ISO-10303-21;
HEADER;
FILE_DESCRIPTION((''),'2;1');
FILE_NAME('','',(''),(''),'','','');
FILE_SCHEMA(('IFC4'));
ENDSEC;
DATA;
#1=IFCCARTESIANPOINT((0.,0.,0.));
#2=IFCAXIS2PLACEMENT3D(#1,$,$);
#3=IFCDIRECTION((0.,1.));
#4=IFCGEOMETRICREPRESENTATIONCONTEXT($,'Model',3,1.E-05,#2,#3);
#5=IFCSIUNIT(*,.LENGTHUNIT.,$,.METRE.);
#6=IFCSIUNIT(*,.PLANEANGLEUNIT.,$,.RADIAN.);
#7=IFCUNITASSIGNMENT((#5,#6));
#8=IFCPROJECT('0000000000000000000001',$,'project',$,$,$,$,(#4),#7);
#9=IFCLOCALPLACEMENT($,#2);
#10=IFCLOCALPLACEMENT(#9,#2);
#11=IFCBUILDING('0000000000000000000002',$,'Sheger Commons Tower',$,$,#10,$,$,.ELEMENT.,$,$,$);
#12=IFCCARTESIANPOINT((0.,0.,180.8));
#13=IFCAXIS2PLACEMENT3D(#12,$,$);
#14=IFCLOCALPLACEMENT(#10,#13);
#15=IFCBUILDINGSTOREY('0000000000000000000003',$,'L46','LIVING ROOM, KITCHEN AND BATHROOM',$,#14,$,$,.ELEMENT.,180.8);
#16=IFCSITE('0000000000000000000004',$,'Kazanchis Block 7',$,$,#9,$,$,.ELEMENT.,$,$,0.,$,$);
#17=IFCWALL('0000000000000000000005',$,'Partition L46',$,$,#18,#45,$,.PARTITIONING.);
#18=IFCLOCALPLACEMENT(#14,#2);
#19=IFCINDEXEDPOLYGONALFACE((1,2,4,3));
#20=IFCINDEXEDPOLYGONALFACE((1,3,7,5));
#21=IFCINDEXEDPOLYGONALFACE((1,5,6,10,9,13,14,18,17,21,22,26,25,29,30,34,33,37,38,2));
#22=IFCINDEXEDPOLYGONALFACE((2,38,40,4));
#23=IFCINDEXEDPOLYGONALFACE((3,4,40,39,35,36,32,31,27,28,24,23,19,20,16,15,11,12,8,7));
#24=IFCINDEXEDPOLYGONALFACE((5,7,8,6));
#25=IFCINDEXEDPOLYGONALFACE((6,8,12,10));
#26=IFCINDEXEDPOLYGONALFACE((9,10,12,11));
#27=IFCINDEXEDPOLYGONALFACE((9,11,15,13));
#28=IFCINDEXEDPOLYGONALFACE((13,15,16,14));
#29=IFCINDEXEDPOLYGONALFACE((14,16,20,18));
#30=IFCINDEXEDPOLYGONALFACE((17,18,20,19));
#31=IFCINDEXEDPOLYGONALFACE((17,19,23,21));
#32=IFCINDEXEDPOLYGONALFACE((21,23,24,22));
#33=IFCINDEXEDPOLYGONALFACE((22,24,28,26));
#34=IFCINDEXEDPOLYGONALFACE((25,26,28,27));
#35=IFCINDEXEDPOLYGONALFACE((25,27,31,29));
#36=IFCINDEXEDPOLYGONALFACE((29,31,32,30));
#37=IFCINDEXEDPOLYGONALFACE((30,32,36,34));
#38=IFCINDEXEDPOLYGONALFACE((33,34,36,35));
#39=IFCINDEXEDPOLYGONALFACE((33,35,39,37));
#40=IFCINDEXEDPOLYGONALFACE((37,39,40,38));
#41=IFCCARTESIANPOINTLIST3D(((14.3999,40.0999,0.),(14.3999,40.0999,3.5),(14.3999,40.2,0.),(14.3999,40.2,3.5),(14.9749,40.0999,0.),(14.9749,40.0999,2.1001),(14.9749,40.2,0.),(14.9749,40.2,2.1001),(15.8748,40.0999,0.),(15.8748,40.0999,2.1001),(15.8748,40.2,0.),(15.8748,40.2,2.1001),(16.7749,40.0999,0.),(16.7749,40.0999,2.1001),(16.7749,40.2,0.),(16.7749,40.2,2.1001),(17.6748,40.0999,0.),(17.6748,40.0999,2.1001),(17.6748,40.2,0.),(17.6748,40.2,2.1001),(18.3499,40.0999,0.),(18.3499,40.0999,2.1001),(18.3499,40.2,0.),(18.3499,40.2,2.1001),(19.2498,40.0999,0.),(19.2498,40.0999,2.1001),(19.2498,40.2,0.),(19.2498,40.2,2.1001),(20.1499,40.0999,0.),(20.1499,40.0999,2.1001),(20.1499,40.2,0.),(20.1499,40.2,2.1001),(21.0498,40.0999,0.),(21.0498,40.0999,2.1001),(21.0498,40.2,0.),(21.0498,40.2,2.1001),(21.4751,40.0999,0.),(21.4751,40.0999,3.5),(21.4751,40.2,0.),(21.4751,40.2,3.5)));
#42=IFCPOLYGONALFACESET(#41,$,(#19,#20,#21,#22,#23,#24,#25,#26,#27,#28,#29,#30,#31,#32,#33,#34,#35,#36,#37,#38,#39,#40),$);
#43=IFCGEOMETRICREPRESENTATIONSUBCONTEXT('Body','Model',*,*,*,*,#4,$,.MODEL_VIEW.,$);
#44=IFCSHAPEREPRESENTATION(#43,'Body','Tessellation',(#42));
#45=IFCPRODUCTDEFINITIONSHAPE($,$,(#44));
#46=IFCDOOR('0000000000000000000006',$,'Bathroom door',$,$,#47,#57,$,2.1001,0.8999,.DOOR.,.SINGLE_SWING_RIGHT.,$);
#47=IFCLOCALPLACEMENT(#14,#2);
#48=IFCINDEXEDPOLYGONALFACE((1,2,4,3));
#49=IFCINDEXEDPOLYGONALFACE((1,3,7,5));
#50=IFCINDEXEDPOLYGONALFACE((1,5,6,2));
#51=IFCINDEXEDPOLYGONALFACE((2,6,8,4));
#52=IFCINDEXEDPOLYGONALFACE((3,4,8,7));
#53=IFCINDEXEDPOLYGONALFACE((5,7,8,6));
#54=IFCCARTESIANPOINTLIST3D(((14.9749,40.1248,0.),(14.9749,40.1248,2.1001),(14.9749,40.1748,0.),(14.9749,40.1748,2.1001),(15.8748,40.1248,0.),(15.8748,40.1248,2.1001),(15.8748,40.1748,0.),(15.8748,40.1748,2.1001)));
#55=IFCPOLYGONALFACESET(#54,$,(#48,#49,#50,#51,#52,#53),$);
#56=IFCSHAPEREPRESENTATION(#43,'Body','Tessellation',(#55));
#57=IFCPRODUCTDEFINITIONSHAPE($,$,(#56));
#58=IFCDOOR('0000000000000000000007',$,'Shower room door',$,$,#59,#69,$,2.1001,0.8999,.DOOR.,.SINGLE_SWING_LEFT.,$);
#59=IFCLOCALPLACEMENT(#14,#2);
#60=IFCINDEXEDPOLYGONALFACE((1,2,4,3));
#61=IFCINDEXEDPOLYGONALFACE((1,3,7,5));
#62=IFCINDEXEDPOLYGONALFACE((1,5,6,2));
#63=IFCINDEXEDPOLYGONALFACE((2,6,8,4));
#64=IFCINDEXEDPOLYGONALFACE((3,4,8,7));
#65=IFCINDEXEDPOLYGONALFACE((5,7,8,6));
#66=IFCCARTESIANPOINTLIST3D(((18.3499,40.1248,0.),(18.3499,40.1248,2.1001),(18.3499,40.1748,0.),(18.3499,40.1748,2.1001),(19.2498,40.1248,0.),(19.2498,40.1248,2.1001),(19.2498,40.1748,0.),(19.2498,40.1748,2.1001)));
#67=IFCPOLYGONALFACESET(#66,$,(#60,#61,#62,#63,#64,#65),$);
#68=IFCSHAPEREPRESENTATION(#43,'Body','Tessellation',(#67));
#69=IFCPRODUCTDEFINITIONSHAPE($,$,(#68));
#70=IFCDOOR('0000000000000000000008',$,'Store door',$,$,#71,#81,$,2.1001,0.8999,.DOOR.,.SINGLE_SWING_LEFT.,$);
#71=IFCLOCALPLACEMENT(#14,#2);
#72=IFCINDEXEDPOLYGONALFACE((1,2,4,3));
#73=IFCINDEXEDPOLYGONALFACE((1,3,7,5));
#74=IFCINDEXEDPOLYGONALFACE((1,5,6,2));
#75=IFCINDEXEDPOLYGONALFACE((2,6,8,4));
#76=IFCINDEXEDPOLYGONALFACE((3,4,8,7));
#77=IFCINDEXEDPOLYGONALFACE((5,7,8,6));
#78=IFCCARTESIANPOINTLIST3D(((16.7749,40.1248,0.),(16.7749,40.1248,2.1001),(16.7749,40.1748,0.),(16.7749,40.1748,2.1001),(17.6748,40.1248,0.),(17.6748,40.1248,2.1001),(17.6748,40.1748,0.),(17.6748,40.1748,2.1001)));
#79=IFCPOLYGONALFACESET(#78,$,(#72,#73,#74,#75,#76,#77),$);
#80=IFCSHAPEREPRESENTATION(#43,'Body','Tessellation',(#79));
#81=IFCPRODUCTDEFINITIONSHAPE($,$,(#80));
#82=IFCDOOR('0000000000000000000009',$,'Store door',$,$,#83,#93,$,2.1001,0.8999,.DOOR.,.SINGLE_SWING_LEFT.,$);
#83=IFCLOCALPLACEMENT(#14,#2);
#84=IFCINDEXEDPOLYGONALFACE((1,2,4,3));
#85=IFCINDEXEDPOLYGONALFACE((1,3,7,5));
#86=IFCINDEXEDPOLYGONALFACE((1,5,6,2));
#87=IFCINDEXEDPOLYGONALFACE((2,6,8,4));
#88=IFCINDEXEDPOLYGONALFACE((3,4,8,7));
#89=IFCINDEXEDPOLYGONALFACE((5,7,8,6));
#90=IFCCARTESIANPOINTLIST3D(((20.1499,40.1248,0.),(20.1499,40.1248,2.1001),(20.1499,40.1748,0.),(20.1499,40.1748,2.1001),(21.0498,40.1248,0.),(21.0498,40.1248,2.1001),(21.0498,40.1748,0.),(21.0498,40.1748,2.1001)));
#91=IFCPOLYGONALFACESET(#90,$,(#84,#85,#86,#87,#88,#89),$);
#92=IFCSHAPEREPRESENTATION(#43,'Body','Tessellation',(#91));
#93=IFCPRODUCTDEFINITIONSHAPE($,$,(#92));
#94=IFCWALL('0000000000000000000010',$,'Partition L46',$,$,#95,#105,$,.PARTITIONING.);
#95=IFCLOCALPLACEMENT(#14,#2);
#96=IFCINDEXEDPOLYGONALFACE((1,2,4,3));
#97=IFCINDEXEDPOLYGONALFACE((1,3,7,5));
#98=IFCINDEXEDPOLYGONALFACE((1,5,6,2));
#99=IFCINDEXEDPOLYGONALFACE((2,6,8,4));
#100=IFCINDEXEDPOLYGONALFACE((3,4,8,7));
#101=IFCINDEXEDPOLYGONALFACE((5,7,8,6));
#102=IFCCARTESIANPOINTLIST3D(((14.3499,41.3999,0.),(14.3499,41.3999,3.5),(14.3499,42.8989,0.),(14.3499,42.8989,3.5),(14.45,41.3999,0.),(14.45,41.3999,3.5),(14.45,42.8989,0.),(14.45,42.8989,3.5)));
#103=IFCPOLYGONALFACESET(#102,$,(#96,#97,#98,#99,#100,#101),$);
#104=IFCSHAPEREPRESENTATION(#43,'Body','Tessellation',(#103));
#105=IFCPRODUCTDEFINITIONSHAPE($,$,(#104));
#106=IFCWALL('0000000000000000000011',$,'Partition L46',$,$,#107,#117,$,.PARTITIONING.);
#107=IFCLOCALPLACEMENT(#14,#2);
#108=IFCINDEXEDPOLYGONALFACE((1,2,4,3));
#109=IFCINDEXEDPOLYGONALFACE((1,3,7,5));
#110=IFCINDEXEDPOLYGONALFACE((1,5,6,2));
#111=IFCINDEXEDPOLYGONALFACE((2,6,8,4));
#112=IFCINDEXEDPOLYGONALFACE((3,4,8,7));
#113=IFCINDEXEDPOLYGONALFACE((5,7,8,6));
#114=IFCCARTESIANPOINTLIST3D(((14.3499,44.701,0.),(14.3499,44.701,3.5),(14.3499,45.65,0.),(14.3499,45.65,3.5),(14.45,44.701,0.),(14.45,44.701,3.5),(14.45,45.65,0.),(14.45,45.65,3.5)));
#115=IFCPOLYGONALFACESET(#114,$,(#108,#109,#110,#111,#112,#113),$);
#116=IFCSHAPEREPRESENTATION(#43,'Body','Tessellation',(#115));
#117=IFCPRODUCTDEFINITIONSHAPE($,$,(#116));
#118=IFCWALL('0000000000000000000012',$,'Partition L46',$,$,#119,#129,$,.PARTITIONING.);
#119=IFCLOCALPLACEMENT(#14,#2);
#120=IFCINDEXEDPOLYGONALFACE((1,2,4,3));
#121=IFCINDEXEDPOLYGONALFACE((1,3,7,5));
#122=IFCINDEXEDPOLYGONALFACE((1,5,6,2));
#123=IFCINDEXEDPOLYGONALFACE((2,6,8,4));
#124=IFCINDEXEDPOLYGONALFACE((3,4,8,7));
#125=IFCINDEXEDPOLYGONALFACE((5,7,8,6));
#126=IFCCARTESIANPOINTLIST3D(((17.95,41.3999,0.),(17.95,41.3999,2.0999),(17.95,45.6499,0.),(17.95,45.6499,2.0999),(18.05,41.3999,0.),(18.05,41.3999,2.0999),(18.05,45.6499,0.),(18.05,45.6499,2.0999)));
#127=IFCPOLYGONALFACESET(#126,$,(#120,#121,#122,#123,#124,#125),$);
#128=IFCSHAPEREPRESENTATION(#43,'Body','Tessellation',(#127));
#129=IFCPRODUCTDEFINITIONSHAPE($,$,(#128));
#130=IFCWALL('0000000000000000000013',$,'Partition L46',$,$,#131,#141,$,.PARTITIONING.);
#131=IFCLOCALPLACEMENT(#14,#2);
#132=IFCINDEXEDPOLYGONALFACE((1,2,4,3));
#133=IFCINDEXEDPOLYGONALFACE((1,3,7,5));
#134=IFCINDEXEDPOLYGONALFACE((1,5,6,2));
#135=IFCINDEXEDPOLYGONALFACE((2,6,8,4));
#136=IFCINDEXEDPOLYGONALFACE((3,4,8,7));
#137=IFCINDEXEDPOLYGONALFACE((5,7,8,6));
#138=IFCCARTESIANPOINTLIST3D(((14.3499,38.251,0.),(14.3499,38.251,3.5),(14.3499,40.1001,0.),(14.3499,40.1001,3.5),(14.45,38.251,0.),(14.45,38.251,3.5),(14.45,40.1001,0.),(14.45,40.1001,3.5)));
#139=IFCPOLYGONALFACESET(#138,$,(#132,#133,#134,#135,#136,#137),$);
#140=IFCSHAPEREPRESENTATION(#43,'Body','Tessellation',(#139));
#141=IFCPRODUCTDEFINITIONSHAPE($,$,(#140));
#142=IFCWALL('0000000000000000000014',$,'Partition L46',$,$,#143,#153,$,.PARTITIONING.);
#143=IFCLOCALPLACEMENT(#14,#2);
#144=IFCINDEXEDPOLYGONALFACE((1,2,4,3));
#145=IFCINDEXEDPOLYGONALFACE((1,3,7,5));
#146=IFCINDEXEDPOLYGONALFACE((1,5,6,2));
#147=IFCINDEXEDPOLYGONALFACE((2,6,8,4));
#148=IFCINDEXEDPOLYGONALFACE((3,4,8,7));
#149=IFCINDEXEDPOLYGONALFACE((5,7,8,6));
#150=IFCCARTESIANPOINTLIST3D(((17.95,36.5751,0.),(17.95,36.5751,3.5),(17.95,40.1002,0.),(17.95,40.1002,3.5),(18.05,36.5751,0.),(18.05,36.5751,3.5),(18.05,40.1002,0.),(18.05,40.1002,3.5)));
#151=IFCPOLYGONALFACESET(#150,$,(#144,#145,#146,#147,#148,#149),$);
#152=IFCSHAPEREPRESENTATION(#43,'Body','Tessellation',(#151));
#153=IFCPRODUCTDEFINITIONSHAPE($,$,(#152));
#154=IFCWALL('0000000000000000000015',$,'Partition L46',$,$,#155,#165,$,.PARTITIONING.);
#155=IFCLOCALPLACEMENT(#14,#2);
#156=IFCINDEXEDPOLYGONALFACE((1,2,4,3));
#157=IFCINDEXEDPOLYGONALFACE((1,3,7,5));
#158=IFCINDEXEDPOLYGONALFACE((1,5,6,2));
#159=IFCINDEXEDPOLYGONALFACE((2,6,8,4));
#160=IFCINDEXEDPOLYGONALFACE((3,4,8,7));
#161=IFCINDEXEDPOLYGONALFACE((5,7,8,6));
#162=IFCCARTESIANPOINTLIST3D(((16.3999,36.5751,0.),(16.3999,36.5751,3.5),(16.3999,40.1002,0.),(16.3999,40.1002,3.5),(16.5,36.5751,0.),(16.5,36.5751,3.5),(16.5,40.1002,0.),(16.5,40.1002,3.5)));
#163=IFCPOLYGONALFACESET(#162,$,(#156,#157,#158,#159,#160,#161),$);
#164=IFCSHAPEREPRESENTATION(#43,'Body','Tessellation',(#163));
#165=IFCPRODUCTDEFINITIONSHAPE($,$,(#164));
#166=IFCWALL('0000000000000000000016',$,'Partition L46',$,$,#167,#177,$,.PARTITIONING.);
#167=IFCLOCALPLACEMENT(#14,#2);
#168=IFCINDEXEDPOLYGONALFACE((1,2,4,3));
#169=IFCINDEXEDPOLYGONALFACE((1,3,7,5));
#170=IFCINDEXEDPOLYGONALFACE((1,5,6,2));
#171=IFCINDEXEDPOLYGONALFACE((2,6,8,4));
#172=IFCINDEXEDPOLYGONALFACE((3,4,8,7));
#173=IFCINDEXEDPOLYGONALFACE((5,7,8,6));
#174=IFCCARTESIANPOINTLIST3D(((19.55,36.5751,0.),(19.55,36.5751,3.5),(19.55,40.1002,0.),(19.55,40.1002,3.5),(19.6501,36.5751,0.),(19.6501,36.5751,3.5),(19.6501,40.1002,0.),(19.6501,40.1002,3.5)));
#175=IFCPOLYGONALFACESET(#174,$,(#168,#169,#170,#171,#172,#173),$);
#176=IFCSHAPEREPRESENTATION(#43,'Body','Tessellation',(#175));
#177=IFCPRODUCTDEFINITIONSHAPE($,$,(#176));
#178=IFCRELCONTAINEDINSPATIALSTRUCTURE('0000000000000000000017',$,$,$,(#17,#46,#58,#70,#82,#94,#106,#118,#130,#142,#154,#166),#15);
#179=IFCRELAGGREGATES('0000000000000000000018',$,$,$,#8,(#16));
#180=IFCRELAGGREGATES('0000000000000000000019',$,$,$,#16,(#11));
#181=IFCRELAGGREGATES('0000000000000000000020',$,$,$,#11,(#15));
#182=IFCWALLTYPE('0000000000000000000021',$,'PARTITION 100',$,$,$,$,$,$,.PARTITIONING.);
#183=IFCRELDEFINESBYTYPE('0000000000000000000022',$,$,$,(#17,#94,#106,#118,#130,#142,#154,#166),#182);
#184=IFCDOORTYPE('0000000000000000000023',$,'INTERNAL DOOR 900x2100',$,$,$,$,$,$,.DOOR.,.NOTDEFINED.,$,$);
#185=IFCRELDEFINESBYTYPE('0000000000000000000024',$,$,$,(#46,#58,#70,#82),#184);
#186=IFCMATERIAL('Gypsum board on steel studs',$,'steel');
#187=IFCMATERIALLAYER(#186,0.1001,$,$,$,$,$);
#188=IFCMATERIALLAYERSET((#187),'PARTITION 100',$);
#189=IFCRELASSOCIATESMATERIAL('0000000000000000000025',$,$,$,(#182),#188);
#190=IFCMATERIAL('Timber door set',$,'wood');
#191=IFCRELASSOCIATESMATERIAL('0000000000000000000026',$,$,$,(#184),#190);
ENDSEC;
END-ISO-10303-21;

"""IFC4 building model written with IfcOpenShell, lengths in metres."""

from ifc_helpers import new_model, si_unit, direction, frame, frame_2d, origin, place, context, subcontext, project, spatial, rectangle, extrude, material, layer, layer_set, type_object, element, fill, save


model = new_model("IFC4")

# Units and contexts
model_context = context("Model", 3, precision=1e-05, world=origin(), true_north=direction((0.0, 1.0)))
body_context = subcontext(model_context, "Body", "Model", "MODEL_VIEW")
ifc_project = project(units=[si_unit("LENGTHUNIT", "METRE"), si_unit("PLANEANGLEUNIT", "RADIAN")], contexts=[model_context])

# Site, building, storey
site_placement = place(None, origin())
site = spatial("IfcSite", under=ifc_project, at=site_placement, Name="Kazanchis Block 7", CompositionType="ELEMENT", RefElevation=0.0)
building_placement = place(site_placement, origin())
building = spatial("IfcBuilding", under=site, at=building_placement, Name="Sheger Commons Tower", CompositionType="ELEMENT")
storey_placement = place(building_placement, frame((0.0, 0.0, 180.8)))
storey = spatial("IfcBuildingStorey", under=building, at=storey_placement, Name="L46", Description="LIVING ROOM, KITCHEN AND BATHROOM", CompositionType="ELEMENT", Elevation=180.8)

# Wall, openings, doors
ifc_material_1 = material(Name="Gypsum board on steel studs", Category="steel")
ifc_layer_1 = layer(ifc_material_1, 0.1001)
ifc_layer_set_1 = layer_set([ifc_layer_1], Name="PARTITION 100")
wall_type = type_object("IfcWallType", Name="PARTITION 100", PredefinedType="PARTITIONING", material=ifc_layer_set_1)
ifc_material_2 = material(Name="Timber door set", Category="wood")
door_type = type_object("IfcDoorType", Name="INTERNAL DOOR 900x2100", OperationType="NOTDEFINED", PredefinedType="DOOR", material=ifc_material_2)
wall_1_placement = place(storey_placement, frame((14.3999, 40.1499, 0.0), z_axis=(0.0, 0.0, 1.0), x_axis=(1.0, 0.0, 0.0)))
wall_1 = element("IfcWall", 1, at=wall_1_placement, inside=storey, type_object=wall_type, Name="Partition L46", PredefinedType="PARTITIONING", context=body_context, shape_type="SweptSolid", body=[
    extrude(rectangle(XDim=7.0752, YDim=0.1001, at=frame_2d((3.5376, 0.0))), origin(), (0.0, 0.0, 1.0), 3.5),
])
opening_1_placement = place(wall_1_placement, frame((0.575, 0.0, 0.0)))
opening_1 = element("IfcOpeningElement", 2, at=opening_1_placement, cuts=wall_1, PredefinedType="OPENING", context=body_context, shape_type="SweptSolid", body=[
    extrude(rectangle(XDim=0.8999, YDim=2.1001, at=frame_2d((0.45, 1.05))), frame((0.0, 0.0601, 0.0), z_axis=(0.0, -1.0, 0.0), x_axis=(1.0, 0.0, 0.0)), (0.0, 0.0, 1.0), 0.1201),
])
opening_2_placement = place(wall_1_placement, frame((3.95, 0.0, 0.0)))
opening_2 = element("IfcOpeningElement", 3, at=opening_2_placement, cuts=wall_1, PredefinedType="OPENING", context=body_context, shape_type="SweptSolid", body=[
    extrude(rectangle(XDim=0.8999, YDim=2.1001, at=frame_2d((0.45, 1.05))), frame((0.0, 0.0601, 0.0), z_axis=(0.0, -1.0, 0.0), x_axis=(1.0, 0.0, 0.0)), (0.0, 0.0, 1.0), 0.1201),
])
opening_3_placement = place(wall_1_placement, frame((2.375, 0.0, 0.0)))
opening_3 = element("IfcOpeningElement", 4, at=opening_3_placement, cuts=wall_1, PredefinedType="OPENING", context=body_context, shape_type="SweptSolid", body=[
    extrude(rectangle(XDim=0.8999, YDim=2.1001, at=frame_2d((0.45, 1.05))), frame((0.0, 0.0601, 0.0), z_axis=(0.0, -1.0, 0.0), x_axis=(1.0, 0.0, 0.0)), (0.0, 0.0, 1.0), 0.1201),
])
opening_4_placement = place(wall_1_placement, frame((5.75, 0.0, 0.0)))
opening_4 = element("IfcOpeningElement", 5, at=opening_4_placement, cuts=wall_1, PredefinedType="OPENING", context=body_context, shape_type="SweptSolid", body=[
    extrude(rectangle(XDim=0.8999, YDim=2.1001, at=frame_2d((0.45, 1.05))), frame((0.0, 0.0601, 0.0), z_axis=(0.0, -1.0, 0.0), x_axis=(1.0, 0.0, 0.0)), (0.0, 0.0, 1.0), 0.1201),
])
door_1_placement = place(opening_1_placement, origin())
door_1 = element("IfcDoor", 6, at=door_1_placement, inside=storey, type_object=door_type, Name="Bathroom door", OperationType="SINGLE_SWING_RIGHT", OverallHeight=2.1001, OverallWidth=0.8999, PredefinedType="DOOR", context=body_context, shape_type="SweptSolid", body=[
    extrude(rectangle(XDim=0.8999, YDim=2.1001, at=frame_2d((0.45, 1.05))), frame((0.0, 0.0249, 0.0), z_axis=(0.0, -1.0, 0.0), x_axis=(1.0, 0.0, 0.0)), (0.0, 0.0, 1.0), 0.05),
])
fill(opening_1, door_1)
door_2_placement = place(opening_2_placement, origin())
door_2 = element("IfcDoor", 7, at=door_2_placement, inside=storey, type_object=door_type, Name="Shower room door", OperationType="SINGLE_SWING_LEFT", OverallHeight=2.1001, OverallWidth=0.8999, PredefinedType="DOOR", context=body_context, shape_type="SweptSolid", body=[
    extrude(rectangle(XDim=0.8999, YDim=2.1001, at=frame_2d((0.45, 1.05))), frame((0.0, 0.0249, 0.0), z_axis=(0.0, -1.0, 0.0), x_axis=(1.0, 0.0, 0.0)), (0.0, 0.0, 1.0), 0.05),
])
fill(opening_2, door_2)
door_3_placement = place(opening_3_placement, origin())
door_3 = element("IfcDoor", 8, at=door_3_placement, inside=storey, type_object=door_type, Name="Store door", OperationType="SINGLE_SWING_LEFT", OverallHeight=2.1001, OverallWidth=0.8999, PredefinedType="DOOR", context=body_context, shape_type="SweptSolid", body=[
    extrude(rectangle(XDim=0.8999, YDim=2.1001, at=frame_2d((0.45, 1.05))), frame((0.0, 0.0249, 0.0), z_axis=(0.0, -1.0, 0.0), x_axis=(1.0, 0.0, 0.0)), (0.0, 0.0, 1.0), 0.05),
])
fill(opening_3, door_3)
door_4_placement = place(opening_4_placement, origin())
door_4 = element("IfcDoor", 9, at=door_4_placement, inside=storey, type_object=door_type, Name="Store door", OperationType="SINGLE_SWING_LEFT", OverallHeight=2.1001, OverallWidth=0.8999, PredefinedType="DOOR", context=body_context, shape_type="SweptSolid", body=[
    extrude(rectangle(XDim=0.8999, YDim=2.1001, at=frame_2d((0.45, 1.05))), frame((0.0, 0.0249, 0.0), z_axis=(0.0, -1.0, 0.0), x_axis=(1.0, 0.0, 0.0)), (0.0, 0.0, 1.0), 0.05),
])
fill(opening_4, door_4)

# Walls
wall_2_placement = place(storey_placement, frame((14.3999, 41.3999, 0.0), z_axis=(0.0, 0.0, 1.0), x_axis=(0.0, 1.0, 0.0)))
element("IfcWall", 10, at=wall_2_placement, inside=storey, type_object=wall_type, Name="Partition L46", PredefinedType="PARTITIONING", context=body_context, shape_type="SweptSolid", body=[
    extrude(rectangle(XDim=1.499, YDim=0.1001, at=frame_2d((0.7495, 0.0))), origin(), (0.0, 0.0, 1.0), 3.5),
])
wall_3_placement = place(storey_placement, frame((14.3999, 44.7009, 0.0), z_axis=(0.0, 0.0, 1.0), x_axis=(0.0, 1.0, 0.0)))
element("IfcWall", 11, at=wall_3_placement, inside=storey, type_object=wall_type, Name="Partition L46", PredefinedType="PARTITIONING", context=body_context, shape_type="SweptSolid", body=[
    extrude(rectangle(XDim=0.949, YDim=0.1001, at=frame_2d((0.4746, 0.0))), origin(), (0.0, 0.0, 1.0), 3.5),
])
wall_4_placement = place(storey_placement, frame((18.0, 41.3999, 0.0), z_axis=(0.0, 0.0, 1.0), x_axis=(0.0, 1.0, 0.0)))
element("IfcWall", 12, at=wall_4_placement, inside=storey, type_object=wall_type, Name="Partition L46", PredefinedType="PARTITIONING", context=body_context, shape_type="SweptSolid", body=[
    extrude(rectangle(XDim=4.25, YDim=0.1001, at=frame_2d((2.125, 0.0))), origin(), (0.0, 0.0, 1.0), 2.0999),
])
wall_5_placement = place(storey_placement, frame((14.3999, 38.251, 0.0), z_axis=(0.0, 0.0, 1.0), x_axis=(0.0, 1.0, 0.0)))
element("IfcWall", 13, at=wall_5_placement, inside=storey, type_object=wall_type, Name="Partition L46", PredefinedType="PARTITIONING", context=body_context, shape_type="SweptSolid", body=[
    extrude(rectangle(XDim=1.8491, YDim=0.1001, at=frame_2d((0.9246, 0.0))), origin(), (0.0, 0.0, 1.0), 3.5),
])
for number, where, z_axis, x_axis, name in (
    (14, (18.0, 36.575, 0.0), (0.0, 0.0, 1.0), (0.0, 1.0, 0.0), "Partition L46"),
    (15, (16.45, 36.575, 0.0), (0.0, 0.0, 1.0), (0.0, 1.0, 0.0), "Partition L46"),
    (16, (19.6001, 36.575, 0.0), (0.0, 0.0, 1.0), (0.0, 1.0, 0.0), "Partition L46"),
):
    element("IfcWall", number, at=place(storey_placement, frame(where, z_axis=z_axis, x_axis=x_axis)), inside=storey, type_object=wall_type, Name=name, PredefinedType="PARTITIONING", context=body_context, shape_type="SweptSolid", body=[
        extrude(rectangle(XDim=3.5251, YDim=0.1001, at=frame_2d((1.7627, 0.0))), origin(), (0.0, 0.0, 1.0), 3.5),
    ])

save(model, "model.ifc")
